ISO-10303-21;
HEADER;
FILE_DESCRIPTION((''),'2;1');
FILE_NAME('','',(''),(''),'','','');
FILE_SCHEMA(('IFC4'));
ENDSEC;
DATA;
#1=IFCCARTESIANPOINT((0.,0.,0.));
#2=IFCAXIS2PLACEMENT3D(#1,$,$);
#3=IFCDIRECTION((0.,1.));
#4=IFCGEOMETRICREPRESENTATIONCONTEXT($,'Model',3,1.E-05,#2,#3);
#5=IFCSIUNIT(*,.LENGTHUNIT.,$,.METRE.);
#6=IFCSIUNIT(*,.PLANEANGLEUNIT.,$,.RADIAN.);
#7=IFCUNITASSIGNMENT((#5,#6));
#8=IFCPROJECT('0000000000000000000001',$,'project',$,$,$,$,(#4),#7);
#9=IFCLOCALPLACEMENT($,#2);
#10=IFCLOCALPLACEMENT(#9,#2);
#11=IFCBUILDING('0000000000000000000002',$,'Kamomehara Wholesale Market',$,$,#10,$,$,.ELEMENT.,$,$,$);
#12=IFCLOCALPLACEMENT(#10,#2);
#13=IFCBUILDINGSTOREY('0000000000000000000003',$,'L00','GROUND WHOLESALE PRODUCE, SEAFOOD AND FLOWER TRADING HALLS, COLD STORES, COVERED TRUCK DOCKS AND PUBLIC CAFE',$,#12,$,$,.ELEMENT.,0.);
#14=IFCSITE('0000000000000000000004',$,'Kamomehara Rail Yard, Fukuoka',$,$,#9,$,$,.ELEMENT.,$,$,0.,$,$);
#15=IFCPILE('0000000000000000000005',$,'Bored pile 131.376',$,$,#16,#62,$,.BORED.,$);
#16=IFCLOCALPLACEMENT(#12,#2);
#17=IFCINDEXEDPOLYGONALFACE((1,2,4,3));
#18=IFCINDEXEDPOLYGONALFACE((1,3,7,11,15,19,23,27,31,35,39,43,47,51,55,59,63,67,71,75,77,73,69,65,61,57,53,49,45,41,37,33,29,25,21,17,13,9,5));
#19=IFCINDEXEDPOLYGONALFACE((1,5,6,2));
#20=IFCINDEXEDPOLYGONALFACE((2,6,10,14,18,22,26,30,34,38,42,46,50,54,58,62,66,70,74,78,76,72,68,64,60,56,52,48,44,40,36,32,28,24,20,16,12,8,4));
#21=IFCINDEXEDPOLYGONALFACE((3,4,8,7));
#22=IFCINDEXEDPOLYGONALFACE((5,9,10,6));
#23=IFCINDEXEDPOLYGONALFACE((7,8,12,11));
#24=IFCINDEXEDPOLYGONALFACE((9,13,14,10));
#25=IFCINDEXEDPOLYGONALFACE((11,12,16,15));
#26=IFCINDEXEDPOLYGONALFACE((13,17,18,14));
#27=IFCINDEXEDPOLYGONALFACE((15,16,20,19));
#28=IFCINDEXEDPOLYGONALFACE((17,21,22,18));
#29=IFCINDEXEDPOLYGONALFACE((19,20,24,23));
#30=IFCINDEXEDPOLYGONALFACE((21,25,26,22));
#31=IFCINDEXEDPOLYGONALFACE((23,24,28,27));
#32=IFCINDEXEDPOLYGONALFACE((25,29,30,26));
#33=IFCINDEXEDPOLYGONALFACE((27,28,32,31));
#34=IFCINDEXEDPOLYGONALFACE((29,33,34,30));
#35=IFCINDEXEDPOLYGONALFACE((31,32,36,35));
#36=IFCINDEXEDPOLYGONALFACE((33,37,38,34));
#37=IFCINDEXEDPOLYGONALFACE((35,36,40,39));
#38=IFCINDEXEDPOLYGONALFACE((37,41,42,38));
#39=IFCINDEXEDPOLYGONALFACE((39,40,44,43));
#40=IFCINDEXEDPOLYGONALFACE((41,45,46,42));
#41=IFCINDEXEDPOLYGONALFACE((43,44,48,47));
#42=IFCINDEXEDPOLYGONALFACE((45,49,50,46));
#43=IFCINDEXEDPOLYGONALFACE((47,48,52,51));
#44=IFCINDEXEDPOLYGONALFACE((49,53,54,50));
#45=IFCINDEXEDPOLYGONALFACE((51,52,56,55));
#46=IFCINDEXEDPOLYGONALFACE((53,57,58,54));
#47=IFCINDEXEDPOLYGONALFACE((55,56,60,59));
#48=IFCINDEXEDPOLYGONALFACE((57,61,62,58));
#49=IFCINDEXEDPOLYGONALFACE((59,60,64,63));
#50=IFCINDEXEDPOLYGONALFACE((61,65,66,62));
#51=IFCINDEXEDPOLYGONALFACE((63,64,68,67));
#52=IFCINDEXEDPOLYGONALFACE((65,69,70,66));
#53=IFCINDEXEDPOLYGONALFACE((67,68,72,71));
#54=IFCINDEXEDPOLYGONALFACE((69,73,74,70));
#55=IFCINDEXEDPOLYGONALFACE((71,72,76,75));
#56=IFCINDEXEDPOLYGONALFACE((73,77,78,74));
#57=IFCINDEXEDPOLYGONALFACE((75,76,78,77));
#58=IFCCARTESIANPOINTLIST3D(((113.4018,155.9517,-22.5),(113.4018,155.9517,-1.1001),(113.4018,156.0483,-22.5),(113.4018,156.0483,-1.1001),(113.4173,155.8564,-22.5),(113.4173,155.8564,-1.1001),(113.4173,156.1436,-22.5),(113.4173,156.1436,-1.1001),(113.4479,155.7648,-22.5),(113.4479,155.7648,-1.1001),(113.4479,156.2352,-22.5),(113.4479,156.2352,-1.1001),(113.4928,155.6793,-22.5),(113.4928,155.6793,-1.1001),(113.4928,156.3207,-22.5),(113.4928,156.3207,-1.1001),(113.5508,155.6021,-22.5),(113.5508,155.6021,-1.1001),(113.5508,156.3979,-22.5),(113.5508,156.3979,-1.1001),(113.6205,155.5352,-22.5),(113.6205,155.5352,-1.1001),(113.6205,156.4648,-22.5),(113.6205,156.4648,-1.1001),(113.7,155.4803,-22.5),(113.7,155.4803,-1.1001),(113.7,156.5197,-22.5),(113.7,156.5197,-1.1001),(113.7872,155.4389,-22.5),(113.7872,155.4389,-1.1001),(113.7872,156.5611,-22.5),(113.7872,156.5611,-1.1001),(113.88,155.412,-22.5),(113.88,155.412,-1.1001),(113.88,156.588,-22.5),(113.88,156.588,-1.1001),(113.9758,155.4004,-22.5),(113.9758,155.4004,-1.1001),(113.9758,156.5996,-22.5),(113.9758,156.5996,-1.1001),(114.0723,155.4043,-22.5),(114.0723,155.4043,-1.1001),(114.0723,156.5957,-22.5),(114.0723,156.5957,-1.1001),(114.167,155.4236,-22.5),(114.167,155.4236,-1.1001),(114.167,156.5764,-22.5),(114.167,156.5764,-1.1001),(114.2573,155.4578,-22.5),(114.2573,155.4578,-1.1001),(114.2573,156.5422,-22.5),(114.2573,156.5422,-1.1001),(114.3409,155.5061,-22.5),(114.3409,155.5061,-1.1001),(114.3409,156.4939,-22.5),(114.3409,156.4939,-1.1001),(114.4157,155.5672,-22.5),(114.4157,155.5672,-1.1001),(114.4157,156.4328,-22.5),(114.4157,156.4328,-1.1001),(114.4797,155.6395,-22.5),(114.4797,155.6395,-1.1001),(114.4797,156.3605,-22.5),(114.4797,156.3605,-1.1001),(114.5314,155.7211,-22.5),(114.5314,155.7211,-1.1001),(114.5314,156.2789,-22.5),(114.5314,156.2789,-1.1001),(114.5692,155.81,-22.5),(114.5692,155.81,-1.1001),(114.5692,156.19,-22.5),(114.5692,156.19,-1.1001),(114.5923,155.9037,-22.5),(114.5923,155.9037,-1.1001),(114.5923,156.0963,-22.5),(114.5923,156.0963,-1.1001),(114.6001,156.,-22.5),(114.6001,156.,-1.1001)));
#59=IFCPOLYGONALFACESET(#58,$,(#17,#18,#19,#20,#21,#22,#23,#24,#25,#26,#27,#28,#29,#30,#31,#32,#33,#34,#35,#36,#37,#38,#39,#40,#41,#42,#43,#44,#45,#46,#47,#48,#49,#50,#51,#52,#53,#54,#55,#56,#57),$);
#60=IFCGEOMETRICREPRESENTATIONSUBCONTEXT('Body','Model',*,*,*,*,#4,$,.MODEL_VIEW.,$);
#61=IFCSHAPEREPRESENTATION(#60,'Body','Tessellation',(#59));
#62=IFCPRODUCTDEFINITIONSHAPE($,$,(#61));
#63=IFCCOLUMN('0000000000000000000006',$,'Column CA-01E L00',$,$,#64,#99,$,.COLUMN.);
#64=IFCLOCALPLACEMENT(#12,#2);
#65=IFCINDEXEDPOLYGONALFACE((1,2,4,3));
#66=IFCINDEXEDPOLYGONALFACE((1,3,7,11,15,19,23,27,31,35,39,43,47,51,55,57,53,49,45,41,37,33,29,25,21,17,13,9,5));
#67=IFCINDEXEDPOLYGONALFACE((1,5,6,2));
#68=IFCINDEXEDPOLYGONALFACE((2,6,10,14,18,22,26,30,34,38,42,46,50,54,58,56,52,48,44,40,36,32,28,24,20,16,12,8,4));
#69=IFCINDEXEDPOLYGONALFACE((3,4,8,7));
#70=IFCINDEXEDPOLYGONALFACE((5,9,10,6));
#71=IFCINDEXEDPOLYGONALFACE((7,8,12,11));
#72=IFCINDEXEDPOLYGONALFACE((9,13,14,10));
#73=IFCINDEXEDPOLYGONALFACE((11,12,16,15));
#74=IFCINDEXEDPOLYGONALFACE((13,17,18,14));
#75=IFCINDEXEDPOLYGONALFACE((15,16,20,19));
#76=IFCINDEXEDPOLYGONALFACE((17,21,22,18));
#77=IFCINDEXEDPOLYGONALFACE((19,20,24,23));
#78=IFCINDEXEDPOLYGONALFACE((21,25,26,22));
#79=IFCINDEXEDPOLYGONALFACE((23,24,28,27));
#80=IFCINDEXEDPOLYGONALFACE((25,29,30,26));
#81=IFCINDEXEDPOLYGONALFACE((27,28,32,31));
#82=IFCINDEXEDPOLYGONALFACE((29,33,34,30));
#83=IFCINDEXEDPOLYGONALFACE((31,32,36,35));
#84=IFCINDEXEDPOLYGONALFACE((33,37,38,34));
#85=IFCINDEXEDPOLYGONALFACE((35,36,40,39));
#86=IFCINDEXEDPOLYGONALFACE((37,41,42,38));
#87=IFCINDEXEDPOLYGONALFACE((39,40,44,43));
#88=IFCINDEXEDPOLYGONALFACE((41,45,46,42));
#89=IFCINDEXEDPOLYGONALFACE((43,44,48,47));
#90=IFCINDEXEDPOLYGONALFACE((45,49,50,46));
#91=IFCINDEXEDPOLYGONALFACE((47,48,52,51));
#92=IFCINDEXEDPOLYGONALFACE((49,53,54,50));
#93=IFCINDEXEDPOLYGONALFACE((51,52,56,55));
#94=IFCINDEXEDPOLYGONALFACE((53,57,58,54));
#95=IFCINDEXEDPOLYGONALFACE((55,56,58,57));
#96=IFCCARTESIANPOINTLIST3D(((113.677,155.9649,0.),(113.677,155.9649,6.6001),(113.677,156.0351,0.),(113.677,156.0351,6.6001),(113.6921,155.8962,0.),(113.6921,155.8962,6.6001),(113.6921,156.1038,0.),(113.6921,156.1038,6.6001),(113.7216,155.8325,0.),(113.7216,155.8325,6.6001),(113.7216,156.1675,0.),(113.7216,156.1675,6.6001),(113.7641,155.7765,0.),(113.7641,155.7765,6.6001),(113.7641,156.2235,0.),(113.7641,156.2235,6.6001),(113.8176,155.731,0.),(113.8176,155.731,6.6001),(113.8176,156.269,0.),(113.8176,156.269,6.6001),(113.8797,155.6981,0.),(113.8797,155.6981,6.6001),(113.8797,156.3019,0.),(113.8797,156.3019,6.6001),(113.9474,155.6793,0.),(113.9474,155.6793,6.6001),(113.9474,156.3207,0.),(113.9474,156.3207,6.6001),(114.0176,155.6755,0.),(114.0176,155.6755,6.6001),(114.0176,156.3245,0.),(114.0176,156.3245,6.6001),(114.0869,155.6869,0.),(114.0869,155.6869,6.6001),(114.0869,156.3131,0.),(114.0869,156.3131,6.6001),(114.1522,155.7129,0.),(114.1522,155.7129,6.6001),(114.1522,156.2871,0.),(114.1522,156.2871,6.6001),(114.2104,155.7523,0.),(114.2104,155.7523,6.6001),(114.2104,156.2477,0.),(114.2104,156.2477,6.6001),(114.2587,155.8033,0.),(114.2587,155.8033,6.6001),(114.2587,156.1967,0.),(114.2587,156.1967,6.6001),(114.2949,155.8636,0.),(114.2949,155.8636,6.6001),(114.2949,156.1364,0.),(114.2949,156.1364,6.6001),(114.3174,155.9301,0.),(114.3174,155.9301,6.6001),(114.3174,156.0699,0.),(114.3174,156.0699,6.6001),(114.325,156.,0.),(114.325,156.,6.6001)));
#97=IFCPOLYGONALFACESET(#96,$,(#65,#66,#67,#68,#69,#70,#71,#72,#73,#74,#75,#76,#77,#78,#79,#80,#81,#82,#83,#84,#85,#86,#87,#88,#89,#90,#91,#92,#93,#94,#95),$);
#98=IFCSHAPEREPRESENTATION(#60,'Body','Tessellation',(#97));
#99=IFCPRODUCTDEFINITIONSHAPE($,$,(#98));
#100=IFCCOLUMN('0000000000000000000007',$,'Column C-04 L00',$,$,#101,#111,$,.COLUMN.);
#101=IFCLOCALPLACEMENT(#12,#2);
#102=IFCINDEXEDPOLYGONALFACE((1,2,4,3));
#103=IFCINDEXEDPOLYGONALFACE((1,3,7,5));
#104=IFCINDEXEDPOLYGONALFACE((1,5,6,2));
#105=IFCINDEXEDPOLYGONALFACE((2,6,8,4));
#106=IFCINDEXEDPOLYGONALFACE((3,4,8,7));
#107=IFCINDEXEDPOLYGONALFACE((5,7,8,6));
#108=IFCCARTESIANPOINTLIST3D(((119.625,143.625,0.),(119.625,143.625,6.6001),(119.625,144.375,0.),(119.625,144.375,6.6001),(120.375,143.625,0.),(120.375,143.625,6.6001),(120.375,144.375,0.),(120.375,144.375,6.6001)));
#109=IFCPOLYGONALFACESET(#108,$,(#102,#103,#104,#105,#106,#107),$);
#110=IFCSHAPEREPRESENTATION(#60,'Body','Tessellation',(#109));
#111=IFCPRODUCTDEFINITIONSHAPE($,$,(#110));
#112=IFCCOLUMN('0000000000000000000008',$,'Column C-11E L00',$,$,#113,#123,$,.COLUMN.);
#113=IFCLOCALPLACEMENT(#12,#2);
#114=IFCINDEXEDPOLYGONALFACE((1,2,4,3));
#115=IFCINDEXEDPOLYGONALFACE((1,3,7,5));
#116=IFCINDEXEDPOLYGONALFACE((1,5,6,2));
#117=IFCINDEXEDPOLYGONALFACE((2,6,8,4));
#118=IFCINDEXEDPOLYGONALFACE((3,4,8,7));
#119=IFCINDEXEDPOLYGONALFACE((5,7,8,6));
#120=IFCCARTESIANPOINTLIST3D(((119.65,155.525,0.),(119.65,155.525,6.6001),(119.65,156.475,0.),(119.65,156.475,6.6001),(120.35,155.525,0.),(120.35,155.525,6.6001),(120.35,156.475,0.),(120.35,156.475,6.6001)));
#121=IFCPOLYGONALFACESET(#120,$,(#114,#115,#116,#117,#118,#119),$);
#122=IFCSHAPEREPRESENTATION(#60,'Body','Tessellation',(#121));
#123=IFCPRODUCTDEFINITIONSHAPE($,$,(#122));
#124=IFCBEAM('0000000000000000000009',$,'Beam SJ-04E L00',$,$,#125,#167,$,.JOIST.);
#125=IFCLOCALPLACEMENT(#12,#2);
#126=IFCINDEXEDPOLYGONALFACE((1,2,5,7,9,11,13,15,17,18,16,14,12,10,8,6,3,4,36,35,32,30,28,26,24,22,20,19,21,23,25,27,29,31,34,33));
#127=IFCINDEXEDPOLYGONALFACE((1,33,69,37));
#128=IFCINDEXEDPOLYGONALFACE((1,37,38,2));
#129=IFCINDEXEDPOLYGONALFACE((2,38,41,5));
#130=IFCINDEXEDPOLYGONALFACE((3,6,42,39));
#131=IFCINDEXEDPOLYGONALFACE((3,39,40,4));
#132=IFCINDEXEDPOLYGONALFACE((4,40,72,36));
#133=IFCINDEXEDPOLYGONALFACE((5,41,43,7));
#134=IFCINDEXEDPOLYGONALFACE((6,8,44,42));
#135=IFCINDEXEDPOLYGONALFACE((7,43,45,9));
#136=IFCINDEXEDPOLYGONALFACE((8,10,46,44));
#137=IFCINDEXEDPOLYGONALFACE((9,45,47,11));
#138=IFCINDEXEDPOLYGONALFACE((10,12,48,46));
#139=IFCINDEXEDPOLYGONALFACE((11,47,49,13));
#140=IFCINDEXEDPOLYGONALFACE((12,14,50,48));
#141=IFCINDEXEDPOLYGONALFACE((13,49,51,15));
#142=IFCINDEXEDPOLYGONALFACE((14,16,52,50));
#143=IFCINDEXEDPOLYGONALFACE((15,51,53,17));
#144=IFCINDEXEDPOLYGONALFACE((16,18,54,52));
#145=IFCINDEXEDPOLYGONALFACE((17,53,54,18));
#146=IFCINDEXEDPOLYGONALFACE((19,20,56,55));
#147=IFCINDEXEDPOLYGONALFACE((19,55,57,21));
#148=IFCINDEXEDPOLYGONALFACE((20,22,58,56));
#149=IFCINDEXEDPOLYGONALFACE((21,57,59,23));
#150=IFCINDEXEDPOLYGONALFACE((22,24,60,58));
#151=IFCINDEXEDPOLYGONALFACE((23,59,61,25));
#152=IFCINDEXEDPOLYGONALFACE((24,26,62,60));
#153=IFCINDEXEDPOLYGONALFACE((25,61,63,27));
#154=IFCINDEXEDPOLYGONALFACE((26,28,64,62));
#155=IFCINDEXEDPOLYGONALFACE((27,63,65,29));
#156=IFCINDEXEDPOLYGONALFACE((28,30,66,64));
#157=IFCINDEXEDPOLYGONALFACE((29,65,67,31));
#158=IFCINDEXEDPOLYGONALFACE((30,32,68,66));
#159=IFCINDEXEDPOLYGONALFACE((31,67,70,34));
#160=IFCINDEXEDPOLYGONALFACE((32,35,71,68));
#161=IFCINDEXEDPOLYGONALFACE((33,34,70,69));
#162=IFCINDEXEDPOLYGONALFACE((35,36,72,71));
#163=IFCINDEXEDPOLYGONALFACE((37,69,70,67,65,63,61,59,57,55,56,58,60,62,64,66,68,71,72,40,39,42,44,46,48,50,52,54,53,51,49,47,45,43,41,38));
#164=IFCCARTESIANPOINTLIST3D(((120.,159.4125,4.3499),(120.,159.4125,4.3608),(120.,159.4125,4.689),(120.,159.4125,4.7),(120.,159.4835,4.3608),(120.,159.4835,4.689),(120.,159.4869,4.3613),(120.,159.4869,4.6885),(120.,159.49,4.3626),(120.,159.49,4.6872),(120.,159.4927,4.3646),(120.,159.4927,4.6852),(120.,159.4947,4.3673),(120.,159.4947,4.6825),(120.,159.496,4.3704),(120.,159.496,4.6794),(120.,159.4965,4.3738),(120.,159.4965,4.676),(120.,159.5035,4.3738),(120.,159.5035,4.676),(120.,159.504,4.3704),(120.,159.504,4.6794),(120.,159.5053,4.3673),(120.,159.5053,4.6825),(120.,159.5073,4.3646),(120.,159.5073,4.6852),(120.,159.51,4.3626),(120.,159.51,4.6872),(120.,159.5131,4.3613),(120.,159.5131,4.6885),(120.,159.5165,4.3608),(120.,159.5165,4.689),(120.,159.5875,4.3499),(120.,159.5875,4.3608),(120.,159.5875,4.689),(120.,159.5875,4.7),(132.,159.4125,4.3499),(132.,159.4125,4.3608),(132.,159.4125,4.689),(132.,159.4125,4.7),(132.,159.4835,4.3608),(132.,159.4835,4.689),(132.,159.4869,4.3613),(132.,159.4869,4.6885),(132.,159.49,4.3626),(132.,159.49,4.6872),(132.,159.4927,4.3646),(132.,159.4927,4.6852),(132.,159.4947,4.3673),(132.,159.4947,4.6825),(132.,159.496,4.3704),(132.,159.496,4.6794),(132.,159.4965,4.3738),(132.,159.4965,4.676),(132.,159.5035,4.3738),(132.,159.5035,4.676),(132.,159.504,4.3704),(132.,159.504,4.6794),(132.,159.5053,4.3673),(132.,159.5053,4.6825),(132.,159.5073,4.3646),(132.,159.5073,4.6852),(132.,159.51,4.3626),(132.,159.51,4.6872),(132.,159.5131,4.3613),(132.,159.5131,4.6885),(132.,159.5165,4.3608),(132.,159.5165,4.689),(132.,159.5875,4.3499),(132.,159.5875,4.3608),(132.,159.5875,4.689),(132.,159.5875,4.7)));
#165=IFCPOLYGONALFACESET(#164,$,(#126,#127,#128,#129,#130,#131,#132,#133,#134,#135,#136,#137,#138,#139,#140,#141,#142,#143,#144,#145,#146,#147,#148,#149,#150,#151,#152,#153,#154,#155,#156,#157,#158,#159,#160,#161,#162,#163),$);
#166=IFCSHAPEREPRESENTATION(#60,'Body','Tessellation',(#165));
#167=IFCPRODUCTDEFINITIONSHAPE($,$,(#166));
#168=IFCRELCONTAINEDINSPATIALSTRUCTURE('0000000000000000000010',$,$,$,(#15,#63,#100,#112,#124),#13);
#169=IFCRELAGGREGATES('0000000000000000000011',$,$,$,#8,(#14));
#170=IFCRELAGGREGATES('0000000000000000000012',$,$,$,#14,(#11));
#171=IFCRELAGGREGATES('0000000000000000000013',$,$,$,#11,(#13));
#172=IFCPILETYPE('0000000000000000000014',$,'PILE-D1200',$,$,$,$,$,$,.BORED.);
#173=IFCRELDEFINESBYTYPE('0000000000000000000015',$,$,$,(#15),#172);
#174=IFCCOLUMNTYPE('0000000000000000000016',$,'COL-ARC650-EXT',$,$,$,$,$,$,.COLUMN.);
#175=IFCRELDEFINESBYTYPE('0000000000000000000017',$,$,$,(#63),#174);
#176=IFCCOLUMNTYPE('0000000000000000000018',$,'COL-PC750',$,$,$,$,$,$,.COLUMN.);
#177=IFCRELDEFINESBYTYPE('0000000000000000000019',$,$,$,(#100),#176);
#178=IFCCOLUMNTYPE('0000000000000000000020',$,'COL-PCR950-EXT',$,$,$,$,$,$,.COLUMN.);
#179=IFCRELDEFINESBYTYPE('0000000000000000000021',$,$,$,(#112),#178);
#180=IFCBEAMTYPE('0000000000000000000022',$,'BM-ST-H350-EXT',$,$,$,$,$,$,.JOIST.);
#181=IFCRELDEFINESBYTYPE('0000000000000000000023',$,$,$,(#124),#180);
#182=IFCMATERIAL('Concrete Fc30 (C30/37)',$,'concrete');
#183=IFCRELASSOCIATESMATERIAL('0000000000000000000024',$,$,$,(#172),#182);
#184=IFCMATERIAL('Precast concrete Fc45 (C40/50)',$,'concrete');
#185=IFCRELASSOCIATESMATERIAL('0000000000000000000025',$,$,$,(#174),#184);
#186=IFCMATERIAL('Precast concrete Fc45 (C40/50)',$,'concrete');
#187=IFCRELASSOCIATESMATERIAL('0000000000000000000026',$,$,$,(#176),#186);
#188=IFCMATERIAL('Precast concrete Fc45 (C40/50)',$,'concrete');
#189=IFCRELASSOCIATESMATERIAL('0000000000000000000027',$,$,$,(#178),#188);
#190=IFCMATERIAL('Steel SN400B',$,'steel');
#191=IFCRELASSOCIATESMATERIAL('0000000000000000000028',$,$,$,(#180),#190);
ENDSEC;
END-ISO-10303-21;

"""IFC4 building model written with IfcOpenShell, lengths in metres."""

from ifc_helpers import new_model, si_unit, direction, frame, origin, origin_2d, place, context, subcontext, project, spatial, rectangle, circle, i_section, extrude, material, material_profile, profile_set, type_object, element, save


model = new_model("IFC4")

# Units and contexts
model_context = context("Model", 3, precision=1e-05, world=origin(), true_north=direction((0.0, 1.0)))
body_context = subcontext(model_context, "Body", "Model", "MODEL_VIEW")
ifc_project = project(units=[si_unit("LENGTHUNIT", "METRE"), si_unit("PLANEANGLEUNIT", "RADIAN")], contexts=[model_context])

# Site, building, storey
site_placement = place(None, origin())
site = spatial("IfcSite", under=ifc_project, at=site_placement, Name="Kamomehara Rail Yard, Fukuoka", CompositionType="ELEMENT", RefElevation=0.0)
building_placement = place(site_placement, origin())
building = spatial("IfcBuilding", under=site, at=building_placement, Name="Kamomehara Wholesale Market", CompositionType="ELEMENT")
storey_placement = place(building_placement, origin())
storey = spatial("IfcBuildingStorey", under=building, at=storey_placement, Name="L00", Description="GROUND WHOLESALE PRODUCE, SEAFOOD AND FLOWER TRADING HALLS, COLD STORES, COVERED TRUCK DOCKS AND PUBLIC CAFE", CompositionType="ELEMENT", Elevation=0.0)

# Pile
ifc_material_1 = material(Name="Concrete Fc30 (C30/37)", Category="concrete")
ifc_material_profile_1 = material_profile(ifc_material_1, circle(Radius=0.6001, at=origin_2d()), Name="RC-PILE-D1200")
ifc_profile_set_1 = profile_set([ifc_material_profile_1], Name="Concrete Fc30 (C30/37)")
pile_type_1 = type_object("IfcPileType", Name="PILE-D1200", PredefinedType="BORED", material=ifc_profile_set_1)
pile_placement = place(storey_placement, frame((114.0, 156.0, -1.1001), z_axis=(0.0, 0.0, -1.0), x_axis=(1.0, 0.0, 0.0)))
element("IfcPile", 1, at=pile_placement, inside=storey, type_object=pile_type_1, Name="Bored pile 131.376", PredefinedType="BORED", context=body_context, shape_type="SweptSolid", body=[
    extrude(circle(Radius=0.6001, at=origin_2d()), origin(), (0.0, 0.0, 1.0), 21.3999),
])

# Columns
ifc_material_2 = material(Name="Precast concrete Fc45 (C40/50)", Category="concrete")
ifc_material_profile_2 = material_profile(ifc_material_2, circle(Radius=0.325, at=origin_2d()), Name="PC-ARC-D650")
ifc_profile_set_2 = profile_set([ifc_material_profile_2], Name="Precast concrete Fc45 (C40/50)")
column_type_1 = type_object("IfcColumnType", Name="COL-ARC650-EXT", PredefinedType="COLUMN", material=ifc_profile_set_2)
column_1_placement = place(storey_placement, frame((114.0, 156.0, 0.0), z_axis=(0.0, 0.0, 1.0), x_axis=(1.0, 0.0, 0.0)))
element("IfcColumn", 2, at=column_1_placement, inside=storey, type_object=column_type_1, Name="Column CA-01E L00", PredefinedType="COLUMN", context=body_context, shape_type="SweptSolid", body=[
    extrude(circle(Radius=0.325, at=origin_2d()), origin(), (0.0, 0.0, 1.0), 6.6001),
])
ifc_material_3 = material(Name="Precast concrete Fc45 (C40/50)", Category="concrete")
ifc_material_profile_3 = material_profile(ifc_material_3, rectangle(XDim=0.75, YDim=0.75, at=origin_2d()), Name="PC-COL-750x750")
ifc_profile_set_3 = profile_set([ifc_material_profile_3], Name="Precast concrete Fc45 (C40/50)")
column_type_2 = type_object("IfcColumnType", Name="COL-PC750", PredefinedType="COLUMN", material=ifc_profile_set_3)
column_2_placement = place(storey_placement, frame((120.0, 144.0, 0.0), z_axis=(0.0, 0.0, 1.0), x_axis=(1.0, 0.0, 0.0)))
element("IfcColumn", 3, at=column_2_placement, inside=storey, type_object=column_type_2, Name="Column C-04 L00", PredefinedType="COLUMN", context=body_context, shape_type="SweptSolid", body=[
    extrude(rectangle(XDim=0.75, YDim=0.75, at=origin_2d()), origin(), (0.0, 0.0, 1.0), 6.6001),
])
ifc_material_4 = material(Name="Precast concrete Fc45 (C40/50)", Category="concrete")
ifc_material_profile_4 = material_profile(ifc_material_4, rectangle(XDim=0.7, YDim=0.95, at=origin_2d()), Name="PC-COL-700x950")
ifc_profile_set_4 = profile_set([ifc_material_profile_4], Name="Precast concrete Fc45 (C40/50)")
column_type_3 = type_object("IfcColumnType", Name="COL-PCR950-EXT", PredefinedType="COLUMN", material=ifc_profile_set_4)
column_3_placement = place(storey_placement, frame((120.0, 156.0, 0.0), z_axis=(0.0, 0.0, 1.0), x_axis=(1.0, 0.0, 0.0)))
element("IfcColumn", 4, at=column_3_placement, inside=storey, type_object=column_type_3, Name="Column C-11E L00", PredefinedType="COLUMN", context=body_context, shape_type="SweptSolid", body=[
    extrude(rectangle(XDim=0.7, YDim=0.95, at=origin_2d()), origin(), (0.0, 0.0, 1.0), 6.6001),
])

# Beam
ifc_material_5 = material(Name="Steel SN400B", Category="steel")
ifc_material_profile_5 = material_profile(ifc_material_5, i_section(OverallWidth=0.175, OverallDepth=0.3501, WebThickness=0.0071, FlangeThickness=0.011, FilletRadius=0.0129, at=origin_2d()), Name="H-350x175x7x11")
ifc_profile_set_5 = profile_set([ifc_material_profile_5], Name="Steel SN400B")
beam_type_1 = type_object("IfcBeamType", Name="BM-ST-H350-EXT", PredefinedType="JOIST", material=ifc_profile_set_5)
beam_1_placement = place(storey_placement, frame((120.0, 159.5, 4.5249), z_axis=(1.0, 0.0, 0.0), x_axis=(0.0, 1.0, 0.0)))
element("IfcBeam", 5, at=beam_1_placement, inside=storey, type_object=beam_type_1, Name="Beam SJ-04E L00", PredefinedType="JOIST", context=body_context, shape_type="SweptSolid", body=[
    extrude(i_section(OverallWidth=0.175, OverallDepth=0.3501, WebThickness=0.0071, FlangeThickness=0.011, FilletRadius=0.0129, at=origin_2d()), origin(), (0.0, 0.0, 1.0), 12.0),
])

save(model, "model.ifc")
